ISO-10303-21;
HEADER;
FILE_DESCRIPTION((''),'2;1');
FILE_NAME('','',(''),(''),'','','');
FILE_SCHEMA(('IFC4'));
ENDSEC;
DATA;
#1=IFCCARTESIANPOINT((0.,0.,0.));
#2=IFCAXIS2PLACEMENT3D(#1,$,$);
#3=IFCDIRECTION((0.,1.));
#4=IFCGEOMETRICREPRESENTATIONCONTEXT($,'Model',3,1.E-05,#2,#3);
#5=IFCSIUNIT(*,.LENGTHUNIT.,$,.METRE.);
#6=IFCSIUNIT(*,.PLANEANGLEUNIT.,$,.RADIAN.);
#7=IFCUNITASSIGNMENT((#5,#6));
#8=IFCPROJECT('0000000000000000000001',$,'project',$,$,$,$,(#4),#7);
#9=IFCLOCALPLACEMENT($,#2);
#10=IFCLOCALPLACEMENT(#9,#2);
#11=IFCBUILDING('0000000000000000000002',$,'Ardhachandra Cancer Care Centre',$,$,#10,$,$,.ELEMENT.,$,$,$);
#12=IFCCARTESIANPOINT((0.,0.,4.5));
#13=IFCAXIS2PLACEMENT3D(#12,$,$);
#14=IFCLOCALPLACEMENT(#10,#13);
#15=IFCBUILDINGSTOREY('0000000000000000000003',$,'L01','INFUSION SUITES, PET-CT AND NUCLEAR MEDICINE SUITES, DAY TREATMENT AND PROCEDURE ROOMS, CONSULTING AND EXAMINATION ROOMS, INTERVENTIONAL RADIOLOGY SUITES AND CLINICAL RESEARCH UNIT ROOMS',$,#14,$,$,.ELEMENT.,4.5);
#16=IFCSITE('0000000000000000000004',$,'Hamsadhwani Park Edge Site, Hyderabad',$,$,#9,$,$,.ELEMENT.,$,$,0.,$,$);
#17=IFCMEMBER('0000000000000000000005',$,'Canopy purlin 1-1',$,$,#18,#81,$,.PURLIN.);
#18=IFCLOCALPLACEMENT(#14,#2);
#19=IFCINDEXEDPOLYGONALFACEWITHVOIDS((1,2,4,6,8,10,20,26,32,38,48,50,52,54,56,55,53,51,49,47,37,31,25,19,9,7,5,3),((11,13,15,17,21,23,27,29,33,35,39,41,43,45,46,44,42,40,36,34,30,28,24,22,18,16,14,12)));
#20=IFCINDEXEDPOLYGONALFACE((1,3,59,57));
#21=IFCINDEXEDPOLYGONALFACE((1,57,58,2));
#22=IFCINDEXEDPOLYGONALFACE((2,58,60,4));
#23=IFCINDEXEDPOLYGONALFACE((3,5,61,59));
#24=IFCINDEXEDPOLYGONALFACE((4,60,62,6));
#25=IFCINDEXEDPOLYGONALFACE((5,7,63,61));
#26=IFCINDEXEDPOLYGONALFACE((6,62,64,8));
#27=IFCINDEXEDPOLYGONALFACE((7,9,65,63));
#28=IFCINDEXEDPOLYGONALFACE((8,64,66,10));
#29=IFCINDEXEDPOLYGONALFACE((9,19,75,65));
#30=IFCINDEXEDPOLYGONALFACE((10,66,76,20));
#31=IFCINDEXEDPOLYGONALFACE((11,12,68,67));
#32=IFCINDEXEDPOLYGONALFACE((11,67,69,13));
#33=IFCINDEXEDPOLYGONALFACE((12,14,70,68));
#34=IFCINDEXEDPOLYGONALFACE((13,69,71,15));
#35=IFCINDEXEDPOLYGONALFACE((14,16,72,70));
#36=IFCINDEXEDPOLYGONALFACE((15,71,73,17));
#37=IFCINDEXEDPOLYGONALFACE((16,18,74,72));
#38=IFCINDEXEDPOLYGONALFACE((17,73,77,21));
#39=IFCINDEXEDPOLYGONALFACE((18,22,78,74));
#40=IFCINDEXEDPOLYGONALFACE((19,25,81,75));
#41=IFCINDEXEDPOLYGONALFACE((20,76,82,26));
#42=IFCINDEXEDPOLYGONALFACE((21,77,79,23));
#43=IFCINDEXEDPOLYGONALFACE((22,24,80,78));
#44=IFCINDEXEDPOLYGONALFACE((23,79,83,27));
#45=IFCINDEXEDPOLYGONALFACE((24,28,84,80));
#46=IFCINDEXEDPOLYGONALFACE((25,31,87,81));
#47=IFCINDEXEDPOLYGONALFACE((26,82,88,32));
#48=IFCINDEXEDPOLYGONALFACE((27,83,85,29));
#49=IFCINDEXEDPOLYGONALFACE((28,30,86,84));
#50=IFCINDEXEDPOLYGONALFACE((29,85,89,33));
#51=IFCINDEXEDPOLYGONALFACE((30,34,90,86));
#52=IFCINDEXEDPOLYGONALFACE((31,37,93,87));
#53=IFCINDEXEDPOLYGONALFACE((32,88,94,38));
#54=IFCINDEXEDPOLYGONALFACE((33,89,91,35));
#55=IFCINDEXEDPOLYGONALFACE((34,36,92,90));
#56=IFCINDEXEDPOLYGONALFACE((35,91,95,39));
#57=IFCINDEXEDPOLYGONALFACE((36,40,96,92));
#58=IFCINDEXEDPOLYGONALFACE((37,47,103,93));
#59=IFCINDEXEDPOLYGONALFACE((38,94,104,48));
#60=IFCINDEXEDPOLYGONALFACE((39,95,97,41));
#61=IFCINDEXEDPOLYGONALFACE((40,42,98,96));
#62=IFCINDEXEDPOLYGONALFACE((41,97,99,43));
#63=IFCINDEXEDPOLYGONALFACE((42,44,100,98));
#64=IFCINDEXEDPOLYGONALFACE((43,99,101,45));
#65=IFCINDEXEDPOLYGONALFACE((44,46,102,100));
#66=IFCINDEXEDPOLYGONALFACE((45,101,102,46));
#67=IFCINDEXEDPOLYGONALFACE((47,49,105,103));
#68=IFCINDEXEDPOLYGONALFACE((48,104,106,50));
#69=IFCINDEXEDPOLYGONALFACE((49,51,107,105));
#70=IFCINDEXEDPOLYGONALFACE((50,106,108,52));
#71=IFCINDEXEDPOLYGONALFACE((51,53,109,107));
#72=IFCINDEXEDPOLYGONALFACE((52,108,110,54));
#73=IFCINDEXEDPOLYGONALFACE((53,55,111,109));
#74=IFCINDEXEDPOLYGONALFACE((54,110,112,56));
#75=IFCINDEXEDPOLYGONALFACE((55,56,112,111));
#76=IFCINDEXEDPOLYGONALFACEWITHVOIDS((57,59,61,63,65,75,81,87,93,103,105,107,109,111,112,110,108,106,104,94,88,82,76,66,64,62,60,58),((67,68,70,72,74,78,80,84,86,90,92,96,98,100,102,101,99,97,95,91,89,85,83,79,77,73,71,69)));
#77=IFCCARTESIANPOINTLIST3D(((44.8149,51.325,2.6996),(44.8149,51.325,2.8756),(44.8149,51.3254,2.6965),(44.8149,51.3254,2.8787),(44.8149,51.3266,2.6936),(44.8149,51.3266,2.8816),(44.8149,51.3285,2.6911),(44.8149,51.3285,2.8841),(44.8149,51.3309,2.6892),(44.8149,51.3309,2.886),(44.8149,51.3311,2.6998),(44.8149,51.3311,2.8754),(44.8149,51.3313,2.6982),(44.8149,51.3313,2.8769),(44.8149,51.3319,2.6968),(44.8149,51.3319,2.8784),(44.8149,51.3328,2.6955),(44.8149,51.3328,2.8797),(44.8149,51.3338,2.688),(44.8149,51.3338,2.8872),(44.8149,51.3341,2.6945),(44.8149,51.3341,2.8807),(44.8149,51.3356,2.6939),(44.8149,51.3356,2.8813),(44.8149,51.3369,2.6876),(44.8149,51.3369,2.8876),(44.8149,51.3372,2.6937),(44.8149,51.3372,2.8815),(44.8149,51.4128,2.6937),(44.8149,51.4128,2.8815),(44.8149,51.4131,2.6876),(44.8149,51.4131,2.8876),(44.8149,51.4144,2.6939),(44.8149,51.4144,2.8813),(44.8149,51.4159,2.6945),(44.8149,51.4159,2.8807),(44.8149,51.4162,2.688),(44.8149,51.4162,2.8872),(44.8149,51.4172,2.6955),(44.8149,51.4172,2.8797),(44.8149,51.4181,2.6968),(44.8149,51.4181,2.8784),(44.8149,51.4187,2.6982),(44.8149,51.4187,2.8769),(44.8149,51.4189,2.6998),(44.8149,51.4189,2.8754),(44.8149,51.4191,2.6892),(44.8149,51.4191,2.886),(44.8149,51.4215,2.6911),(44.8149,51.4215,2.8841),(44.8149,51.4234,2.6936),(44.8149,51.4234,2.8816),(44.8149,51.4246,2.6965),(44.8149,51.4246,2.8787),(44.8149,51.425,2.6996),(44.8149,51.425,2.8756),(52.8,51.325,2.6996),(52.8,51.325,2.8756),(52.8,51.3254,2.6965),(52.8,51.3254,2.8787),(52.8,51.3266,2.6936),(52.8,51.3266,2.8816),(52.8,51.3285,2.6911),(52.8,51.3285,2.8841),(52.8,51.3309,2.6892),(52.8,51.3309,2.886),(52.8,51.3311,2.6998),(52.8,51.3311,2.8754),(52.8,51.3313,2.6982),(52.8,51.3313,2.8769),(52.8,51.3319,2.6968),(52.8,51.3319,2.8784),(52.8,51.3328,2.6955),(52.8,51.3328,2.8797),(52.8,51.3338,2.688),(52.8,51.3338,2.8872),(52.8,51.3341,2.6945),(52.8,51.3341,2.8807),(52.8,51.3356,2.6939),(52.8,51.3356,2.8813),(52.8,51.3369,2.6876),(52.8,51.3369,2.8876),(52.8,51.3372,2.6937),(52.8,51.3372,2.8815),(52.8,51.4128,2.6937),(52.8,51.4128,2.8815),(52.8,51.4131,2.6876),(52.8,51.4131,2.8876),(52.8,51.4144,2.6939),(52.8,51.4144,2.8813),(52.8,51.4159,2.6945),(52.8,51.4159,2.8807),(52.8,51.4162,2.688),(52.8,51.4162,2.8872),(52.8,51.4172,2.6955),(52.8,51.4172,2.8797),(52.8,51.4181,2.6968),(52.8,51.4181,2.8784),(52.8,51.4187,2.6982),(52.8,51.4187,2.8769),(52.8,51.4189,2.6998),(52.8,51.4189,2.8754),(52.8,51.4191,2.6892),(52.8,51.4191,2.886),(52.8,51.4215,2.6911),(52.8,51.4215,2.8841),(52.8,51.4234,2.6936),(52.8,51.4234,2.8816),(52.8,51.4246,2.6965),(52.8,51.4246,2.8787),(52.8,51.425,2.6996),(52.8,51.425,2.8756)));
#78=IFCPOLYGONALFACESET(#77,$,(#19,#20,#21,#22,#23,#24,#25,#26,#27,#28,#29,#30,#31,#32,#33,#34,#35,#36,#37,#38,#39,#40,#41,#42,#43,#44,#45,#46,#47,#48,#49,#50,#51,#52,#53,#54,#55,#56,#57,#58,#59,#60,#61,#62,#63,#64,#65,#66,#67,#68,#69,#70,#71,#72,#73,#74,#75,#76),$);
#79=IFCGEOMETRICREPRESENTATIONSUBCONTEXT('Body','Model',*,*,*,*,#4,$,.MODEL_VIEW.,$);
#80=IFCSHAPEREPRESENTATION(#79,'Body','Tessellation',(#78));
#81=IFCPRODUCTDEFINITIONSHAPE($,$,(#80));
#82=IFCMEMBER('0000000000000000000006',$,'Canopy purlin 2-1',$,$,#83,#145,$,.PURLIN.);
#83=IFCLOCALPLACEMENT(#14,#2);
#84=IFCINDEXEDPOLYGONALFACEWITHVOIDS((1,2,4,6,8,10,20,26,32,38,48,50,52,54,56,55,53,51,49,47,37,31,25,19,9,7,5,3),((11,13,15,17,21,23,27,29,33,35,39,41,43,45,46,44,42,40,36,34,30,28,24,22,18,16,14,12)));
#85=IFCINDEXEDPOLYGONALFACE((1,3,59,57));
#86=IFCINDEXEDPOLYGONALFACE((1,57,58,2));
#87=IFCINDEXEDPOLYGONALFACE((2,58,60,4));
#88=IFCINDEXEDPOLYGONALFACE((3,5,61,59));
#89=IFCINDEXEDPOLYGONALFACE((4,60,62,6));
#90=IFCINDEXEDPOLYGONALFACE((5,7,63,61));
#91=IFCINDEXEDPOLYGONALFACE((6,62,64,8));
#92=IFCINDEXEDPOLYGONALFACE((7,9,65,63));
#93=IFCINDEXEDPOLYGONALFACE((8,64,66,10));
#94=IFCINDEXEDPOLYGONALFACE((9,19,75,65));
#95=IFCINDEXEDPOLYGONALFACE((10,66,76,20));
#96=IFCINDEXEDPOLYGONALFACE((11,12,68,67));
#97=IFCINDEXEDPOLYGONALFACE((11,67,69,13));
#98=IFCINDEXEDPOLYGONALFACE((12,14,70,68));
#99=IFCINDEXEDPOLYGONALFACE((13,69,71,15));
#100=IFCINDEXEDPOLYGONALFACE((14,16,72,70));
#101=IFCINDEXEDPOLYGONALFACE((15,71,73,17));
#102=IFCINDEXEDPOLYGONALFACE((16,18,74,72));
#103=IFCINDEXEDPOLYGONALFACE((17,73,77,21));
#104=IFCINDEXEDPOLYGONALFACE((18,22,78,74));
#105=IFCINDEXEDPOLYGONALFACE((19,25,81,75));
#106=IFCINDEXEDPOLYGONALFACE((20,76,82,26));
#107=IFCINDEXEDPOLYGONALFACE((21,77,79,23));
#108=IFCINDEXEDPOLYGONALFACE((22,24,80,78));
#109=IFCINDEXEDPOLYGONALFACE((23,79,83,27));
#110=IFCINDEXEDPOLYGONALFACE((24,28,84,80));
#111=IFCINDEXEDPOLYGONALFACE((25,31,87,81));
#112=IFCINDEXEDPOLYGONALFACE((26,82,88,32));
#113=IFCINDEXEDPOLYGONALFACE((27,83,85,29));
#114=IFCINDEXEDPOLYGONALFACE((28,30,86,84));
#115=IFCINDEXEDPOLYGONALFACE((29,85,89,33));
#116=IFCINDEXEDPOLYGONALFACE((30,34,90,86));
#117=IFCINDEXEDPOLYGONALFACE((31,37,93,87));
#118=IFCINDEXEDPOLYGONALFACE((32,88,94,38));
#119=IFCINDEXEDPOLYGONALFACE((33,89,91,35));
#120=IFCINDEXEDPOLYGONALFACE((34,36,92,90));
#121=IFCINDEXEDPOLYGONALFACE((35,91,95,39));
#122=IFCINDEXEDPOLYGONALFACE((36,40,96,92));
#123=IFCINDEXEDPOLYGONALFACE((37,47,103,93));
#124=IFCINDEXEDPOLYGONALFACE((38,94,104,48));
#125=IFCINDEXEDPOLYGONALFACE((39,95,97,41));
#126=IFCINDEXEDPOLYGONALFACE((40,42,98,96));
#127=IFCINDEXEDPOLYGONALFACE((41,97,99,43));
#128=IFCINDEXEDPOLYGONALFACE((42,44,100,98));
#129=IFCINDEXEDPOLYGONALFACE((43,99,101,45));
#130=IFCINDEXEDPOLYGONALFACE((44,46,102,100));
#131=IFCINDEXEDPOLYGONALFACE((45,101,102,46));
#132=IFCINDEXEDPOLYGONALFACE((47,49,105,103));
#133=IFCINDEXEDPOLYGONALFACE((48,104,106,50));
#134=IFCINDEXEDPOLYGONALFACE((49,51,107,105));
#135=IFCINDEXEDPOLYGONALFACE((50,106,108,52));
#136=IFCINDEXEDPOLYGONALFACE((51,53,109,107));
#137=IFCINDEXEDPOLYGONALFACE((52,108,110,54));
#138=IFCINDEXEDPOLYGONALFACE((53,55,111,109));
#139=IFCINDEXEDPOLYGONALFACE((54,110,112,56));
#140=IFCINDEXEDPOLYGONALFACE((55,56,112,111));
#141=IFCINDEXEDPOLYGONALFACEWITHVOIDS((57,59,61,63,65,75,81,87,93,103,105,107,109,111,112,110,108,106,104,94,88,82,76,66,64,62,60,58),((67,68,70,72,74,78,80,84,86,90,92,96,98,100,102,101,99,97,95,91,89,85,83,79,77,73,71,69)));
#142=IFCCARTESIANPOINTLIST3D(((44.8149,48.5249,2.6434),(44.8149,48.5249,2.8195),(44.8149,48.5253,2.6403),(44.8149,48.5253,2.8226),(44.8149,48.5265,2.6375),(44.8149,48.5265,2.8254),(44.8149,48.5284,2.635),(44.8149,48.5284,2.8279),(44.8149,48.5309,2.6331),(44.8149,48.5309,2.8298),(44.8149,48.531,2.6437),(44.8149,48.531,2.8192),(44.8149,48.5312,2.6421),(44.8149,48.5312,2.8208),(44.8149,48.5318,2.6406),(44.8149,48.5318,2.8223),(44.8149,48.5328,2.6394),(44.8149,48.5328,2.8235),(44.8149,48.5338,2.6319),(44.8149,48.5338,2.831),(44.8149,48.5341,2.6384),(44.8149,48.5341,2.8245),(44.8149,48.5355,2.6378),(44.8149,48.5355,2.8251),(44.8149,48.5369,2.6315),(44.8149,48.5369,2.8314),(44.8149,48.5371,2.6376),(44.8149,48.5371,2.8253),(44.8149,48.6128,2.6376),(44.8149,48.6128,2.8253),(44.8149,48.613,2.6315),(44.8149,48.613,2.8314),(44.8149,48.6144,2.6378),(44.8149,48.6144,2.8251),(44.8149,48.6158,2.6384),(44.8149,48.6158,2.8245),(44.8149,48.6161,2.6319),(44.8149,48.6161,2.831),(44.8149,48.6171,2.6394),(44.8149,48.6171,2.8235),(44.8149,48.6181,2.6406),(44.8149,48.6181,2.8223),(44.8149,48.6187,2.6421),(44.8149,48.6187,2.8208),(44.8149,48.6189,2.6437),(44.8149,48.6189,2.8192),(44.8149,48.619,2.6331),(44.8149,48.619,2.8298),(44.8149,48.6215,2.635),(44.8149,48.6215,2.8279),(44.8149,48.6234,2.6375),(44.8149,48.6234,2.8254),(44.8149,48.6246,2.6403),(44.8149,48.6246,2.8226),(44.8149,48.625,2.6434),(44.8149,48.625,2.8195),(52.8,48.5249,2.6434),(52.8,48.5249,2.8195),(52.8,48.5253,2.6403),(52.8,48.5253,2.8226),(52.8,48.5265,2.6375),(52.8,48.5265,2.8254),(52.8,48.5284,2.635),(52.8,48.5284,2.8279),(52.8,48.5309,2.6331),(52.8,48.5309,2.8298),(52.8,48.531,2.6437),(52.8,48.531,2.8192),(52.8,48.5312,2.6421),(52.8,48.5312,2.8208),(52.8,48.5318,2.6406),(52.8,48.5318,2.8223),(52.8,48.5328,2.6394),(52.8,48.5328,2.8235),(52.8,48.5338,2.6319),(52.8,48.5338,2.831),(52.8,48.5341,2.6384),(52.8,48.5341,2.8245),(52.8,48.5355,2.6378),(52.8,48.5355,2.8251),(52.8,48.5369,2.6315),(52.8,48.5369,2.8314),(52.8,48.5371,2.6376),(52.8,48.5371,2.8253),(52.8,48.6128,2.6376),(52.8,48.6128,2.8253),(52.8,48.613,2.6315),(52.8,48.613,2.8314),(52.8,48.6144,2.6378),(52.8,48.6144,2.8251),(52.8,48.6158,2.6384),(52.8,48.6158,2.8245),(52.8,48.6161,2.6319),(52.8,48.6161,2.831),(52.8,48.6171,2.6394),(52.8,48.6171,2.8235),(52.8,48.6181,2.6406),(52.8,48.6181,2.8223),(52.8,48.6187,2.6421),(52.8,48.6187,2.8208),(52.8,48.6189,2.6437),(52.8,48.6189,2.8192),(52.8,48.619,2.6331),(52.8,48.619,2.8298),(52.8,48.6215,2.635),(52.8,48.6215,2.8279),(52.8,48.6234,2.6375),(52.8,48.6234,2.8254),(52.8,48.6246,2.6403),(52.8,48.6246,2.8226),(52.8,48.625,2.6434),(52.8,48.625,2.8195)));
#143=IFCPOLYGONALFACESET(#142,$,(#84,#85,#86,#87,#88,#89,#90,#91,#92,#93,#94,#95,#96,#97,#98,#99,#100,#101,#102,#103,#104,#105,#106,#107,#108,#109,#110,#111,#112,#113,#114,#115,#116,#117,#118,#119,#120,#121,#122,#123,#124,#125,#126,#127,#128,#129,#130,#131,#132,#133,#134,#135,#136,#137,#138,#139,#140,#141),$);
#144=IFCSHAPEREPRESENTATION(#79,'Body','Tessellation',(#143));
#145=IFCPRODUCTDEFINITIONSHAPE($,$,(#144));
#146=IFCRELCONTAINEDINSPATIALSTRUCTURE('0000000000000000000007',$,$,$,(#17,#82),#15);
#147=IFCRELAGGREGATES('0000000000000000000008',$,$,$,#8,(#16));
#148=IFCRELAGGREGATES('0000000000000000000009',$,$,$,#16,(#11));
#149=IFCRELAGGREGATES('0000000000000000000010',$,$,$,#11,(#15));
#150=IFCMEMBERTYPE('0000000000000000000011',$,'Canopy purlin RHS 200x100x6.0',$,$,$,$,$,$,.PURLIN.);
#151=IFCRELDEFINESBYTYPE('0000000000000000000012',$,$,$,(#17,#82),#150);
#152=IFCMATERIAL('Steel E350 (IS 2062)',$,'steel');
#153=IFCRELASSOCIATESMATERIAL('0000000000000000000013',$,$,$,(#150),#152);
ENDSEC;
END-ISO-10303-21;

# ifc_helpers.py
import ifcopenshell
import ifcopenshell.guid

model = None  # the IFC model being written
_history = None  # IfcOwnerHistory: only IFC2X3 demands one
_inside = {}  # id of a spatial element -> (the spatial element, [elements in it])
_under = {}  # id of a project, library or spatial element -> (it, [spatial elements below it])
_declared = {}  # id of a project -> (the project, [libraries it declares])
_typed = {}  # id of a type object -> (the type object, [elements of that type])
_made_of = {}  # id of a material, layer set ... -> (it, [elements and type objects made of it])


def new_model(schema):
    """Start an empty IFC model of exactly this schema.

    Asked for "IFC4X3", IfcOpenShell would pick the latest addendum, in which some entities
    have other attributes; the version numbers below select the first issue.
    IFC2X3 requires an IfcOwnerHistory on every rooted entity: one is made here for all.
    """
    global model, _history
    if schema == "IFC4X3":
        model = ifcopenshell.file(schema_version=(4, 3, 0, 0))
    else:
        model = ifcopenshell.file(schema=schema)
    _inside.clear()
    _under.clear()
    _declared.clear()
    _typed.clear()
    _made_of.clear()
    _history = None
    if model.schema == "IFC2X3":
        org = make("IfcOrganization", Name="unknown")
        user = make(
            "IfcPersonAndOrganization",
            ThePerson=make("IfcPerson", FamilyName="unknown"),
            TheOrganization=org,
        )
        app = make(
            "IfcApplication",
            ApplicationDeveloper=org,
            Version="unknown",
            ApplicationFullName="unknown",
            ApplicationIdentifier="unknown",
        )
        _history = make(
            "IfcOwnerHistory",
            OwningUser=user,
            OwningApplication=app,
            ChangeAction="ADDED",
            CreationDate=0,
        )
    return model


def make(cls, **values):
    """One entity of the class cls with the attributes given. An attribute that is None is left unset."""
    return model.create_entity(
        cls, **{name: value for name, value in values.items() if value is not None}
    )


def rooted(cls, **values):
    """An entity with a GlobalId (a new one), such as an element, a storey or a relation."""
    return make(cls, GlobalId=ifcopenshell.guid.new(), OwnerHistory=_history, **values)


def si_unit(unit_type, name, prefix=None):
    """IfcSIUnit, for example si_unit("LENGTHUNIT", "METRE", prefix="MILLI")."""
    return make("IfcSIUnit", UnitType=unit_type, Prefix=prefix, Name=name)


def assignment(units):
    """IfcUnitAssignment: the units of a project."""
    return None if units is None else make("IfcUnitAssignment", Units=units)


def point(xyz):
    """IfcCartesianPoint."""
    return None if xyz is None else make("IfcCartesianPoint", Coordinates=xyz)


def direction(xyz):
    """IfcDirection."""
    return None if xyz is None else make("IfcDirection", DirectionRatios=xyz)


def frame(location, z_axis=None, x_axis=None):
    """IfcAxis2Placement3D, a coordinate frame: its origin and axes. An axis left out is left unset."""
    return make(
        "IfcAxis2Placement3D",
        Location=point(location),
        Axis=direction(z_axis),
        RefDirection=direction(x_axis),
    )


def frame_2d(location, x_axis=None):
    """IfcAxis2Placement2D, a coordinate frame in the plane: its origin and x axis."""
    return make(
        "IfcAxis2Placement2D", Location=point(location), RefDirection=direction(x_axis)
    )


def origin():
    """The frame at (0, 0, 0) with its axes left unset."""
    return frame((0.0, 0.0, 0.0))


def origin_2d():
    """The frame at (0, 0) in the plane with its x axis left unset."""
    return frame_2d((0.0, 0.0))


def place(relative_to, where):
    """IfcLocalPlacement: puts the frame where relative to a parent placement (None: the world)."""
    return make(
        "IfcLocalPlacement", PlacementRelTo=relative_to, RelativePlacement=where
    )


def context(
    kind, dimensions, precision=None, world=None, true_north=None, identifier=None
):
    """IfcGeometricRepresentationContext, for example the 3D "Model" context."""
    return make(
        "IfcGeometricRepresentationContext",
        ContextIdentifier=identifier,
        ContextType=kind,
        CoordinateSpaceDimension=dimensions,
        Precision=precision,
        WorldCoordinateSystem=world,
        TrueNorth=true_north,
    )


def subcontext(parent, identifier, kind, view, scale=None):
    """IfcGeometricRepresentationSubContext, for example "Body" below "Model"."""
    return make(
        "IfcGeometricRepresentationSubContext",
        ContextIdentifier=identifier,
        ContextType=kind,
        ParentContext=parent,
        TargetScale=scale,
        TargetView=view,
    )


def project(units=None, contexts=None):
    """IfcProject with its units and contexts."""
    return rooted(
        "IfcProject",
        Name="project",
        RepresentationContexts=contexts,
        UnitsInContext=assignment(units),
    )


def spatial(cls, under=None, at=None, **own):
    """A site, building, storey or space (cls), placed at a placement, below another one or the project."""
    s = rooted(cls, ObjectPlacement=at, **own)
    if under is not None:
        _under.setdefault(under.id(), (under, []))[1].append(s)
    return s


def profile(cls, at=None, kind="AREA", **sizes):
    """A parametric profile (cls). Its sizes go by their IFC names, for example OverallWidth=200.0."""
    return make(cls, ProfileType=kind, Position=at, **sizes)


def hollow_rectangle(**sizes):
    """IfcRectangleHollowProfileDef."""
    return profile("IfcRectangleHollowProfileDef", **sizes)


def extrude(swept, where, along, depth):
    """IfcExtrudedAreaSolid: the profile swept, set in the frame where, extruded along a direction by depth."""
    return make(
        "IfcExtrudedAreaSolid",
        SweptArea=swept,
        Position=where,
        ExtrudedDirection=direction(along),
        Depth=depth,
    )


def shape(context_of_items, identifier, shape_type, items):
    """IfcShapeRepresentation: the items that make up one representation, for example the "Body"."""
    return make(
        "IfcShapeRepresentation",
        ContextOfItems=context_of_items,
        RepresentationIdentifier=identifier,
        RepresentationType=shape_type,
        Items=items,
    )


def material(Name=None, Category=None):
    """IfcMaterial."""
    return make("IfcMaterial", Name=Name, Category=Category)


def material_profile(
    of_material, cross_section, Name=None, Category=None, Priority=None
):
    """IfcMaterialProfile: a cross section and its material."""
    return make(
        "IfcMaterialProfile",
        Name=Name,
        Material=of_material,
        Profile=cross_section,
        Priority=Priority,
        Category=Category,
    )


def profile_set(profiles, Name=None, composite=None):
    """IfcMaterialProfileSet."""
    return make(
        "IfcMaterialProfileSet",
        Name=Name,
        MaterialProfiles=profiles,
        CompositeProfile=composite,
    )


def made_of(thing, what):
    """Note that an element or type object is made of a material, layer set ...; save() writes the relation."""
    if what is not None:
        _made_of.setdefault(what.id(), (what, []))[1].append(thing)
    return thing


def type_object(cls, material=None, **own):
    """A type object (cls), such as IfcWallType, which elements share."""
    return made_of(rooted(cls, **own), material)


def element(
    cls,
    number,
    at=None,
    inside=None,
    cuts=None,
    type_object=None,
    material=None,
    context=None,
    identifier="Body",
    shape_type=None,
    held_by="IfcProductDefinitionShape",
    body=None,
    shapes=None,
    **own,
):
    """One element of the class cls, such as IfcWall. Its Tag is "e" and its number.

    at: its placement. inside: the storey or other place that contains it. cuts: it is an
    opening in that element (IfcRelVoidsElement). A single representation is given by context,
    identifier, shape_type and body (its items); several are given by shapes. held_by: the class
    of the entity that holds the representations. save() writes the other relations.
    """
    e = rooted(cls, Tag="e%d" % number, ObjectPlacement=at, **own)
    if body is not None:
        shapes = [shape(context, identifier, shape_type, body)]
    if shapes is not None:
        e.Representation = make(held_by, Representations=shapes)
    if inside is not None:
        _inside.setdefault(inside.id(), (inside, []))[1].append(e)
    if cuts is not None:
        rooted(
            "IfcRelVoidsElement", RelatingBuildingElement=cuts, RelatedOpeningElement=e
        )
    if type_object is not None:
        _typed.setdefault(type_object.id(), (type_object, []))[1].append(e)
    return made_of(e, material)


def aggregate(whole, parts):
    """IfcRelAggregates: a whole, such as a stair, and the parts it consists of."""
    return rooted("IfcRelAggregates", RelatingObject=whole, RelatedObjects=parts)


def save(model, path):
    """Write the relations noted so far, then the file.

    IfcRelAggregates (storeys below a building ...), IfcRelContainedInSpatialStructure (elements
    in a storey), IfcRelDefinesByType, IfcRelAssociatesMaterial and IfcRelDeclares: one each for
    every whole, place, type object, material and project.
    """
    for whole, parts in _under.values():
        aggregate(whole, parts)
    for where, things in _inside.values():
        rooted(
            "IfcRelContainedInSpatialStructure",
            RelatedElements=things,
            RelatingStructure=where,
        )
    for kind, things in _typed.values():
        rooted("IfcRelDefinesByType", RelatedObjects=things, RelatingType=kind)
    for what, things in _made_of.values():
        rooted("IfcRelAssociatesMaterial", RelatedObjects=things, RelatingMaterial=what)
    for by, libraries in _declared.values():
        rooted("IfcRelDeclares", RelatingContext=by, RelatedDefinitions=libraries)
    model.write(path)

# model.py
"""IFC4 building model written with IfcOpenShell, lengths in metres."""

from ifc_helpers import new_model, si_unit, direction, frame, origin, origin_2d, place, context, subcontext, project, spatial, hollow_rectangle, extrude, material, material_profile, profile_set, type_object, element, save


model = new_model("IFC4")

# Units and contexts
model_context = context("Model", 3, precision=1e-05, world=origin(), true_north=direction((0.0, 1.0)))
body_context = subcontext(model_context, "Body", "Model", "MODEL_VIEW")
ifc_project = project(units=[si_unit("LENGTHUNIT", "METRE"), si_unit("PLANEANGLEUNIT", "RADIAN")], contexts=[model_context])

# Site, building, storey
site_placement = place(None, origin())
site = spatial("IfcSite", under=ifc_project, at=site_placement, Name="Hamsadhwani Park Edge Site, Hyderabad", CompositionType="ELEMENT", RefElevation=0.0)
building_placement = place(site_placement, origin())
building = spatial("IfcBuilding", under=site, at=building_placement, Name="Ardhachandra Cancer Care Centre", CompositionType="ELEMENT")
storey_placement = place(building_placement, frame((0.0, 0.0, 4.5)))
storey = spatial("IfcBuildingStorey", under=building, at=storey_placement, Name="L01", Description="INFUSION SUITES, PET-CT AND NUCLEAR MEDICINE SUITES, DAY TREATMENT AND PROCEDURE ROOMS, CONSULTING AND EXAMINATION ROOMS, INTERVENTIONAL RADIOLOGY SUITES AND CLINICAL RESEARCH UNIT ROOMS", CompositionType="ELEMENT", Elevation=4.5)

# Members
ifc_material_1 = material(Name="Steel E350 (IS 2062)", Category="steel")
ifc_material_profile_1 = material_profile(ifc_material_1, hollow_rectangle(XDim=0.1001, YDim=0.2, WallThickness=0.0061, InnerFilletRadius=0.0061, OuterFilletRadius=0.012, at=origin_2d()), Name="RHS 200x100x6.0")
ifc_profile_set_1 = profile_set([ifc_material_profile_1], Name="Steel E350 (IS 2062)")
member_type_1 = type_object("IfcMemberType", Name="Canopy purlin RHS 200x100x6.0", PredefinedType="PURLIN", material=ifc_profile_set_1)
for number, where, z_axis, x_axis, name in (
    (1, (44.8149, 51.375, 2.7876), (1.0, 0.0, 0.0), (0.0, 1.0, 0.0), "Canopy purlin 1-1"),
    (2, (44.8149, 48.575, 2.7314), (1.0, 0.0, 0.0), (0.0, 1.0, 0.0), "Canopy purlin 2-1"),
):
    element("IfcMember", number, at=place(storey_placement, frame(where, z_axis=z_axis, x_axis=x_axis)), inside=storey, type_object=member_type_1, Name=name, PredefinedType="PURLIN", context=body_context, shape_type="SweptSolid", body=[
        extrude(hollow_rectangle(XDim=0.1001, YDim=0.2, WallThickness=0.0061, InnerFilletRadius=0.0061, OuterFilletRadius=0.012, at=origin_2d()), origin(), (0.0, 0.0, 1.0), 7.9851),
    ])

save(model, "model.ifc")
